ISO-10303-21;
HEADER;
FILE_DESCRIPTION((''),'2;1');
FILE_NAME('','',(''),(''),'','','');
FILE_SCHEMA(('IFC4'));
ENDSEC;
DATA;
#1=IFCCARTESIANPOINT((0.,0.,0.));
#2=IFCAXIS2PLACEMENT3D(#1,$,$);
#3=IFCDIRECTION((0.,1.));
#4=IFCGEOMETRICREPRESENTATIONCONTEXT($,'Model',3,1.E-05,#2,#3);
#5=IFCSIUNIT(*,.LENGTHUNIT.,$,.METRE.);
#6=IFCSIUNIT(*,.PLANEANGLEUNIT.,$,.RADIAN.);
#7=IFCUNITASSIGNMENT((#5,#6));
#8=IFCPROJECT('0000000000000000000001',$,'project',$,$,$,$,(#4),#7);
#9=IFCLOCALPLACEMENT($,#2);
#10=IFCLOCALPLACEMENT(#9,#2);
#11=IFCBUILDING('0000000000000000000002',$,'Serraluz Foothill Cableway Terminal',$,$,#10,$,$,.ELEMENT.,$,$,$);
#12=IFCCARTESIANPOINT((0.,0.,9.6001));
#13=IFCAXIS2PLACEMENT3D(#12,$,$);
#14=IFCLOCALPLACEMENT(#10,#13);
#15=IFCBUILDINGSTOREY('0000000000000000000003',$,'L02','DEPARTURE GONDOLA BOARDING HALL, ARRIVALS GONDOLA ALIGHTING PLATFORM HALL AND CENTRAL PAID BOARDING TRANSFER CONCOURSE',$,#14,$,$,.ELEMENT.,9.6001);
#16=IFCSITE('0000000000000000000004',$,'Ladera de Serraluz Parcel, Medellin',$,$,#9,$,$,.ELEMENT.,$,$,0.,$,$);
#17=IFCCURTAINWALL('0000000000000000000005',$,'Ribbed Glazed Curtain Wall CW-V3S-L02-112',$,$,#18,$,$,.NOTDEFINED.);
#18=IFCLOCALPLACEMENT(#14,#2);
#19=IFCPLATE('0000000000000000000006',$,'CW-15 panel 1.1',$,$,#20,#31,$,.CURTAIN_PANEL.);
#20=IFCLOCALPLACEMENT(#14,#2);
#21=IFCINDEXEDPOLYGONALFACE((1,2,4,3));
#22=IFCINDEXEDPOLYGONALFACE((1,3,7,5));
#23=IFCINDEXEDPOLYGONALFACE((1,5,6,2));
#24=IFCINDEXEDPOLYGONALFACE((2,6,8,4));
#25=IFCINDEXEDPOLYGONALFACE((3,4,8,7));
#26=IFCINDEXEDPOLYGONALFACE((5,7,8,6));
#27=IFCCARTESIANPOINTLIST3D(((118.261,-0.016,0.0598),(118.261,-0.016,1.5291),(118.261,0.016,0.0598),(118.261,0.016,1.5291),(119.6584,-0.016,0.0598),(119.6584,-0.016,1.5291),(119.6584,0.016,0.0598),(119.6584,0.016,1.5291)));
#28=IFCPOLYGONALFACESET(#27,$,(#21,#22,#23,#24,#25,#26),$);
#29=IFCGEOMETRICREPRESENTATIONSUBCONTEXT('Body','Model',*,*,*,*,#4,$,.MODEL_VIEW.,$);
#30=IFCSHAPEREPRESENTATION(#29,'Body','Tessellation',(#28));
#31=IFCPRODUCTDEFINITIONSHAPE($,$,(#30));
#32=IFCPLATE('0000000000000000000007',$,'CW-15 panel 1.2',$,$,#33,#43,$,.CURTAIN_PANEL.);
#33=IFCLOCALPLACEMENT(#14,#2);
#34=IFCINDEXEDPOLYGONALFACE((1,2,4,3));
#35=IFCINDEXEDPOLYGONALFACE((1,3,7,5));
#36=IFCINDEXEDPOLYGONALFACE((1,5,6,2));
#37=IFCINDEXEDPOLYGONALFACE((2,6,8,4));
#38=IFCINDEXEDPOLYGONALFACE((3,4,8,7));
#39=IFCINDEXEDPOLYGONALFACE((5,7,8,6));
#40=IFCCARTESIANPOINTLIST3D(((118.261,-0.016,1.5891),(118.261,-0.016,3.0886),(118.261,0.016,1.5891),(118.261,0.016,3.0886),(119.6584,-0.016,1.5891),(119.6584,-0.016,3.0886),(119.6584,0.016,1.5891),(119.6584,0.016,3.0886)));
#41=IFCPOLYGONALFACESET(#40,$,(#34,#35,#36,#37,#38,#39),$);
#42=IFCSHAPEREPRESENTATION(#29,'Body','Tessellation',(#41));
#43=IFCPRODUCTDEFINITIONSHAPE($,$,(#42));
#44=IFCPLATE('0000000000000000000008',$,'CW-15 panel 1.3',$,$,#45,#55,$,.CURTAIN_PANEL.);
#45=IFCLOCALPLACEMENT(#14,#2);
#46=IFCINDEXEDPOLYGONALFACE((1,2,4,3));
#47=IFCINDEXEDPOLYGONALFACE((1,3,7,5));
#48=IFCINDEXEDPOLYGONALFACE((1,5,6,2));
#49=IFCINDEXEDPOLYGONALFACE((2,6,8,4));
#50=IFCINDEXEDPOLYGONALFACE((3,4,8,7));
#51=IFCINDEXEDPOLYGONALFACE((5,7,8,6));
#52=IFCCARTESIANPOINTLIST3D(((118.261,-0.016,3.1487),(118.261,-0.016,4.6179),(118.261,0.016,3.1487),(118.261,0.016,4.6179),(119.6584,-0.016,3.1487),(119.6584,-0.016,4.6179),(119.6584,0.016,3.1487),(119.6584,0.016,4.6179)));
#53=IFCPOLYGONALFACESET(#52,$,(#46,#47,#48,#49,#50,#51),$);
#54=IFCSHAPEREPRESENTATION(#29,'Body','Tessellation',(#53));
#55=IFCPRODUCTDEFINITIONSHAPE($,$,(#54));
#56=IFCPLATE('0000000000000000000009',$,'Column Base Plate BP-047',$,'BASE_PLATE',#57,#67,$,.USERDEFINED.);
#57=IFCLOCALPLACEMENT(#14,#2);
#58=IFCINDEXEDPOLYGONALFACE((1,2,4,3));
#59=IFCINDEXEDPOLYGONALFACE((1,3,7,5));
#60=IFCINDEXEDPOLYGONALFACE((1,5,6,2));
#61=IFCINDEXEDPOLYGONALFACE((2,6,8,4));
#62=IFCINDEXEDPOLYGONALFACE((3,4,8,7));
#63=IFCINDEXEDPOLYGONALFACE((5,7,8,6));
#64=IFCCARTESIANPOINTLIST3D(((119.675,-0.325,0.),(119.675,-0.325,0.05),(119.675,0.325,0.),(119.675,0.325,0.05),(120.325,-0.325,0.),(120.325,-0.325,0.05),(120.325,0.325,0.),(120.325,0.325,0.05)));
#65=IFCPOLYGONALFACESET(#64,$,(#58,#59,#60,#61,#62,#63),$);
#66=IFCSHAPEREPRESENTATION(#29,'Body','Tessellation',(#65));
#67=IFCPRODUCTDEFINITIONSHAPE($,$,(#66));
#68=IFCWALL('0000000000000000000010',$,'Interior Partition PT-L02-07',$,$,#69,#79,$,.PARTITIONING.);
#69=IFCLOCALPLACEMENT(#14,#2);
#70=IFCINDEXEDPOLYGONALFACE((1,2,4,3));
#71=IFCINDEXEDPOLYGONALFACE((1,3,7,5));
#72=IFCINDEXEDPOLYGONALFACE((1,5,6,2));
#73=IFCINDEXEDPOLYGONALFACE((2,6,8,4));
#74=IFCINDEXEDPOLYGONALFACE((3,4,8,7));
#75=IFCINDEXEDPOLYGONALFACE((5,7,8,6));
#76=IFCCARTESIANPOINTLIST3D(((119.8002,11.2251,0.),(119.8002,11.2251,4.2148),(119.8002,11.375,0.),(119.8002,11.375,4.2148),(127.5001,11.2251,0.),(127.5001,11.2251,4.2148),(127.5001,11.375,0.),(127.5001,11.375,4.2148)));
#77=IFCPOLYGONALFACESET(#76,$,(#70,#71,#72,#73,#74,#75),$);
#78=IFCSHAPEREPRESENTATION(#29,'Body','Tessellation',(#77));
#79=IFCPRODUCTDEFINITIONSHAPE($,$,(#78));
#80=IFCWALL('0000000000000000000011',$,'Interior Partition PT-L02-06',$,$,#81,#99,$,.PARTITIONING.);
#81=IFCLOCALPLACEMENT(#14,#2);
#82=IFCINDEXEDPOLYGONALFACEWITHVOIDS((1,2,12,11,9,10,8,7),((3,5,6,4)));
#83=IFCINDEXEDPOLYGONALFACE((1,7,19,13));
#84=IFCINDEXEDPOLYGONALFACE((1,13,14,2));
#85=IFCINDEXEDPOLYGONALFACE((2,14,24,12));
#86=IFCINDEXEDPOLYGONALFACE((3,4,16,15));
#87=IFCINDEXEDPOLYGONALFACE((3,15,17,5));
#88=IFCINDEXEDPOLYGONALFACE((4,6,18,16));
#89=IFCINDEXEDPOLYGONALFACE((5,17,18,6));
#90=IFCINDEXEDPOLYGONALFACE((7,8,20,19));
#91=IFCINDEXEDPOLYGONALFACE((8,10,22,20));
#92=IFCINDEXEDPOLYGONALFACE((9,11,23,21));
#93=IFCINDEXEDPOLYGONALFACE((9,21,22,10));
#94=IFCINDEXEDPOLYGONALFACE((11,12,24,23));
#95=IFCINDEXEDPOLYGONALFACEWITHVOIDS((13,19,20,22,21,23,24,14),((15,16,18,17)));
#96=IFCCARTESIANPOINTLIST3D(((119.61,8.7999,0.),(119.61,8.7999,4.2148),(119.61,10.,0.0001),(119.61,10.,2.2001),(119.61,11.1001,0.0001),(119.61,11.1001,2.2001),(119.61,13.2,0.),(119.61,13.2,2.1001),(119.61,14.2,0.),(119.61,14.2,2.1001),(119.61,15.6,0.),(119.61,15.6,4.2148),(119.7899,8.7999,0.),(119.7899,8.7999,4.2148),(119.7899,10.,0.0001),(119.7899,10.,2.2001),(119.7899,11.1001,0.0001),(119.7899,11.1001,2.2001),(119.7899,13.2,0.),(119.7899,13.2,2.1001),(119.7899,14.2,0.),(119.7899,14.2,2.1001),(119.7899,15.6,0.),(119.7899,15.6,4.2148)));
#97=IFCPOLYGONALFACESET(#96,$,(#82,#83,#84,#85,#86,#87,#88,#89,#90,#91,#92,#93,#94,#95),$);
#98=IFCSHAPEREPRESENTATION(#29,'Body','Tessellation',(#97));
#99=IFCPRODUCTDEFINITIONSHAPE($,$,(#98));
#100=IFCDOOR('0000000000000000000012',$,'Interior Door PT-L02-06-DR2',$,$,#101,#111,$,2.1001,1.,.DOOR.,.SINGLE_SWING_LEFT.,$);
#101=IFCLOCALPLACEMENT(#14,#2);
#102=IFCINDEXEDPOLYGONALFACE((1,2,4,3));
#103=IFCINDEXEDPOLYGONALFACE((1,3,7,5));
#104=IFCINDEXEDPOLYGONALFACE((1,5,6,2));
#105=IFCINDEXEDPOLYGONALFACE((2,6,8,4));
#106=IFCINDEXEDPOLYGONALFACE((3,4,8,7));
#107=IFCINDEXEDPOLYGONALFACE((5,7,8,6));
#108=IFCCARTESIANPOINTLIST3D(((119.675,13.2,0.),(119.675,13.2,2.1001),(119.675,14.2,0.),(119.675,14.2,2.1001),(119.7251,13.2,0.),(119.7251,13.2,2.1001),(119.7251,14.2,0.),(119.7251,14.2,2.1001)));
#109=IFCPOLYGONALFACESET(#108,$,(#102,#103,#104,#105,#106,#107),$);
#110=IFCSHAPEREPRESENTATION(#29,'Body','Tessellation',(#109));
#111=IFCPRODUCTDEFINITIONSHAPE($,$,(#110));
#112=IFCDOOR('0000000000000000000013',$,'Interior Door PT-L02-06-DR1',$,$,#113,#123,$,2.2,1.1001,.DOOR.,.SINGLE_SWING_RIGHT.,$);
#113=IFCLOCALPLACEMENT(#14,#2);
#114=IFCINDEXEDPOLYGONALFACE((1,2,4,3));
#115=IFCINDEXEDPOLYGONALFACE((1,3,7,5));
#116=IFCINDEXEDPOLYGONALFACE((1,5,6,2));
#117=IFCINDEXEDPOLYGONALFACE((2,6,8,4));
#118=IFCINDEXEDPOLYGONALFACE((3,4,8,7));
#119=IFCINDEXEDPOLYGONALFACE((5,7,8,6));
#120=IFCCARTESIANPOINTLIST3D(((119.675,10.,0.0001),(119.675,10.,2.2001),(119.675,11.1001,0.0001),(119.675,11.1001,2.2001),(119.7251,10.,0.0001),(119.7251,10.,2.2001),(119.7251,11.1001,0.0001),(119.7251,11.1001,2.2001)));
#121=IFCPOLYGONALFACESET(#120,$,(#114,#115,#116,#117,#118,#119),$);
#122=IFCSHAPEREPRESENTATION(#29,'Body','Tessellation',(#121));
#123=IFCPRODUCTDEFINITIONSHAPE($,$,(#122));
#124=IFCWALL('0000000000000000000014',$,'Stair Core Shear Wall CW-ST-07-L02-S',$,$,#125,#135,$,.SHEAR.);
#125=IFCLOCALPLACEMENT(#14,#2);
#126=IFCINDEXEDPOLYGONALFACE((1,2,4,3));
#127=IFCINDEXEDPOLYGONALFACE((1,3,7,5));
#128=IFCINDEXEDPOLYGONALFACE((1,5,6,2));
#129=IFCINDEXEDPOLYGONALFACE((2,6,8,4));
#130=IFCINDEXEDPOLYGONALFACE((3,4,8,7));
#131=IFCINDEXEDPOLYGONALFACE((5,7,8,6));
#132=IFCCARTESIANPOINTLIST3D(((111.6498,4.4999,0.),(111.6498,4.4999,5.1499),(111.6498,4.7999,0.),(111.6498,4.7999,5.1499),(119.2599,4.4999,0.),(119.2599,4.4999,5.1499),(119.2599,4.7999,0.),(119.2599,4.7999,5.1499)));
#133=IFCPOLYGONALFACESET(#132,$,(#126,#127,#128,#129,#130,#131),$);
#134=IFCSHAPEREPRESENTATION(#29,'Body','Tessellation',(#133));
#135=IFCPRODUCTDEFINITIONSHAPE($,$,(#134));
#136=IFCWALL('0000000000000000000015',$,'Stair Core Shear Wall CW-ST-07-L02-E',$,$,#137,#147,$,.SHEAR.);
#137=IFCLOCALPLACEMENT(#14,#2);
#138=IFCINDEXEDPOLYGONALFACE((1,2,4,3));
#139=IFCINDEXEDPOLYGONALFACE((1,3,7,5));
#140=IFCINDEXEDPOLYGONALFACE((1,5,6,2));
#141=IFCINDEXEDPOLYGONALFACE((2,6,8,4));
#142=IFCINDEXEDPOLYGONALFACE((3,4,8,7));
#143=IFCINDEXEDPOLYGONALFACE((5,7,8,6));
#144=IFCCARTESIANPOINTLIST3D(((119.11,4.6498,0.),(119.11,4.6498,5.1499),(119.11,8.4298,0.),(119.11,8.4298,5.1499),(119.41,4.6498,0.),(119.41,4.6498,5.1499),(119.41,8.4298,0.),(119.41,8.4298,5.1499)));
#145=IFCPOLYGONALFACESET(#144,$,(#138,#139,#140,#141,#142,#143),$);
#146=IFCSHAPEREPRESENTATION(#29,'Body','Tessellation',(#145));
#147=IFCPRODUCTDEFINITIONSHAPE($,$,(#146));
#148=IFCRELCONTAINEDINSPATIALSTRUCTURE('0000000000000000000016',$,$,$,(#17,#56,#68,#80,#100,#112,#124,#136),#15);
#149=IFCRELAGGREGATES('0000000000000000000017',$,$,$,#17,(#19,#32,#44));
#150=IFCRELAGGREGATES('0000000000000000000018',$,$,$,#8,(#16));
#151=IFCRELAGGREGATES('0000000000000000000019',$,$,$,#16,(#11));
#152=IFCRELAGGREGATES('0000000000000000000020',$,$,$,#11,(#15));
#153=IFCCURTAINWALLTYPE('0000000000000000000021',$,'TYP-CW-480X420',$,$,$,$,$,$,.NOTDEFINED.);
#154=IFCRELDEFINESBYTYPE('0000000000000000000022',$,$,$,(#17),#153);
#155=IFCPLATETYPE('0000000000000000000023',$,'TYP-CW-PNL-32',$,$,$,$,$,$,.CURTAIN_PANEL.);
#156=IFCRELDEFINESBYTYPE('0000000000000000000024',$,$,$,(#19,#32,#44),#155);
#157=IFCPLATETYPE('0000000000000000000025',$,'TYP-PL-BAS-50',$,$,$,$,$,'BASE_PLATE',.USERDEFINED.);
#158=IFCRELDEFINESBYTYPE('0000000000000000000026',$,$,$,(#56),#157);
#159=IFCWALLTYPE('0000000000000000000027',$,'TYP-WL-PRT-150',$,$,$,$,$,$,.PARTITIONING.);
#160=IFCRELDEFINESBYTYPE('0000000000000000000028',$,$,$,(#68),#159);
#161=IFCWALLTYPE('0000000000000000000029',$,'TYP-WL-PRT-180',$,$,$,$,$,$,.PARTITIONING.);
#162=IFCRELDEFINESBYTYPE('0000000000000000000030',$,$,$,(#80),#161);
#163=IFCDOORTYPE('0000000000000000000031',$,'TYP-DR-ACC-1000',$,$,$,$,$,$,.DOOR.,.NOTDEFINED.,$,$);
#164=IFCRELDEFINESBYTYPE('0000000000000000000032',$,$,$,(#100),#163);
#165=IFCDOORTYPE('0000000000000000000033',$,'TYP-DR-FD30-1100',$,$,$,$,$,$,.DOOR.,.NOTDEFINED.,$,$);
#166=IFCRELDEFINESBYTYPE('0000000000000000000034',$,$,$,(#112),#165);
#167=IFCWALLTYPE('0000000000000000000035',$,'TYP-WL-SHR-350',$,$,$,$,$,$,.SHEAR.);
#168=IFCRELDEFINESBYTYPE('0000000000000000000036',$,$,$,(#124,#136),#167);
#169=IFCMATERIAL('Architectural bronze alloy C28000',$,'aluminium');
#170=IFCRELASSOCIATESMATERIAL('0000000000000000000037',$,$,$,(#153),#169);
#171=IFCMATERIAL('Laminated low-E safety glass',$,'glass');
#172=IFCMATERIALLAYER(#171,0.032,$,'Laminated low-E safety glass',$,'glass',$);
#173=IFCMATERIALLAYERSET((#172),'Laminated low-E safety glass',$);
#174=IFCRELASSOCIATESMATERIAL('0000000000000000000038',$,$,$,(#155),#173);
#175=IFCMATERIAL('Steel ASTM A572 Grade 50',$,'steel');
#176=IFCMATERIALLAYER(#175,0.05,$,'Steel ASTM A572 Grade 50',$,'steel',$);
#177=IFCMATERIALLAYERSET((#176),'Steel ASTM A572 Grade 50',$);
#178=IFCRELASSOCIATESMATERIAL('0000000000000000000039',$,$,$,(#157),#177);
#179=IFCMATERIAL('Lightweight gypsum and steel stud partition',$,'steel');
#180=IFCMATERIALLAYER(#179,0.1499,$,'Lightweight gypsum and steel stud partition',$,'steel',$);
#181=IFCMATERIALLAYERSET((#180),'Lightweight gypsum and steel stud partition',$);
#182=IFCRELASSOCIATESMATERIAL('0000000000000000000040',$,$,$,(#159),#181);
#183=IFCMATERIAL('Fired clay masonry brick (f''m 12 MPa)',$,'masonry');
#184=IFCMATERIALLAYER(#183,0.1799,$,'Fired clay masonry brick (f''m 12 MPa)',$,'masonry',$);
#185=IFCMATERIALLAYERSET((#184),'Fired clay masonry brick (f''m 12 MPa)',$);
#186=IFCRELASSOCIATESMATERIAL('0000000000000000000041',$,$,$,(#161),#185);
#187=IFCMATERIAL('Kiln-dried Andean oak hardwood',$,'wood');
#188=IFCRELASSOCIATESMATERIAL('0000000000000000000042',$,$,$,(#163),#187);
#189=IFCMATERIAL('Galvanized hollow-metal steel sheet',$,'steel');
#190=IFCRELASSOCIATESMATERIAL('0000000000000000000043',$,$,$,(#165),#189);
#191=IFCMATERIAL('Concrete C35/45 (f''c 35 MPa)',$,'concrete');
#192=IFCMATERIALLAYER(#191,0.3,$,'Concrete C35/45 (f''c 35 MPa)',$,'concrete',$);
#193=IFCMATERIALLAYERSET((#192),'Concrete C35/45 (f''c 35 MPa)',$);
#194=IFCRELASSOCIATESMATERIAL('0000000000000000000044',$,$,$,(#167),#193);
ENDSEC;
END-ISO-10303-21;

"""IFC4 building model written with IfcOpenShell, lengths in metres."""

from ifc_helpers import new_model, si_unit, direction, frame, frame_2d, origin, origin_2d, place, context, subcontext, project, spatial, rectangle, extrude, material, layer, layer_set, type_object, element, fill, aggregate, save


model = new_model("IFC4")

# Units and contexts
model_context = context("Model", 3, precision=1e-05, world=origin(), true_north=direction((0.0, 1.0)))
body_context = subcontext(model_context, "Body", "Model", "MODEL_VIEW")
ifc_project = project(units=[si_unit("LENGTHUNIT", "METRE"), si_unit("PLANEANGLEUNIT", "RADIAN")], contexts=[model_context])

# Site, building, storey
site_placement = place(None, origin())
site = spatial("IfcSite", under=ifc_project, at=site_placement, Name="Ladera de Serraluz Parcel, Medellin", CompositionType="ELEMENT", RefElevation=0.0)
building_placement = place(site_placement, origin())
building = spatial("IfcBuilding", under=site, at=building_placement, Name="Serraluz Foothill Cableway Terminal", CompositionType="ELEMENT")
storey_placement = place(building_placement, frame((0.0, 0.0, 9.6001)))
storey = spatial("IfcBuildingStorey", under=building, at=storey_placement, Name="L02", Description="DEPARTURE GONDOLA BOARDING HALL, ARRIVALS GONDOLA ALIGHTING PLATFORM HALL AND CENTRAL PAID BOARDING TRANSFER CONCOURSE", CompositionType="ELEMENT", Elevation=9.6001)

# Curtain wall, plates
ifc_material_1 = material(Name="Architectural bronze alloy C28000", Category="aluminium")
curtain_wall_type = type_object("IfcCurtainWallType", Name="TYP-CW-480X420", PredefinedType="NOTDEFINED", material=ifc_material_1)
curtain_wall_placement = place(storey_placement, origin())
curtain_wall = element("IfcCurtainWall", 1, at=curtain_wall_placement, inside=storey, type_object=curtain_wall_type, Name="Ribbed Glazed Curtain Wall CW-V3S-L02-112", PredefinedType="NOTDEFINED")
ifc_material_2 = material(Name="Laminated low-E safety glass", Category="glass")
ifc_layer_1 = layer(ifc_material_2, 0.032, Name="Laminated low-E safety glass", Category="glass")
ifc_layer_set_1 = layer_set([ifc_layer_1], Name="Laminated low-E safety glass")
plate_type_1 = type_object("IfcPlateType", Name="TYP-CW-PNL-32", PredefinedType="CURTAIN_PANEL", material=ifc_layer_set_1)
plate_1_placement = place(storey_placement, frame((118.9597, 0.0, 0.0598), z_axis=(0.0, 0.0, 1.0), x_axis=(-1.0, 0.0, 0.0)))
plate_1 = element("IfcPlate", 2, at=plate_1_placement, type_object=plate_type_1, Name="CW-15 panel 1.1", PredefinedType="CURTAIN_PANEL", context=body_context, shape_type="SweptSolid", body=[
    extrude(rectangle(XDim=1.3975, YDim=0.032, at=origin_2d()), origin(), (0.0, 0.0, 1.0), 1.4692),
])
plate_2_placement = place(storey_placement, frame((118.9597, 0.0, 1.5891), z_axis=(0.0, 0.0, 1.0), x_axis=(-1.0, 0.0, 0.0)))
plate_2 = element("IfcPlate", 3, at=plate_2_placement, type_object=plate_type_1, Name="CW-15 panel 1.2", PredefinedType="CURTAIN_PANEL", context=body_context, shape_type="SweptSolid", body=[
    extrude(rectangle(XDim=1.3975, YDim=0.032, at=origin_2d()), origin(), (0.0, 0.0, 1.0), 1.4995),
])
plate_3_placement = place(storey_placement, frame((118.9597, 0.0, 3.1487), z_axis=(0.0, 0.0, 1.0), x_axis=(-1.0, 0.0, 0.0)))
plate_3 = element("IfcPlate", 4, at=plate_3_placement, type_object=plate_type_1, Name="CW-15 panel 1.3", PredefinedType="CURTAIN_PANEL", context=body_context, shape_type="SweptSolid", body=[
    extrude(rectangle(XDim=1.3975, YDim=0.032, at=origin_2d()), origin(), (0.0, 0.0, 1.0), 1.4692),
])
aggregate(curtain_wall, [plate_1, plate_2, plate_3])

# Plate
ifc_material_3 = material(Name="Steel ASTM A572 Grade 50", Category="steel")
ifc_layer_2 = layer(ifc_material_3, 0.05, Name="Steel ASTM A572 Grade 50", Category="steel")
ifc_layer_set_2 = layer_set([ifc_layer_2], Name="Steel ASTM A572 Grade 50")
plate_type_2 = type_object("IfcPlateType", Name="TYP-PL-BAS-50", ElementType="BASE_PLATE", PredefinedType="USERDEFINED", material=ifc_layer_set_2)
plate_4_placement = place(storey_placement, frame((120.0, 0.0, 0.0), z_axis=(0.0, 0.0, 1.0), x_axis=(1.0, 0.0, 0.0)))
element("IfcPlate", 5, at=plate_4_placement, inside=storey, type_object=plate_type_2, Name="Column Base Plate BP-047", ObjectType="BASE_PLATE", PredefinedType="USERDEFINED", context=body_context, shape_type="SweptSolid", body=[
    extrude(rectangle(XDim=0.6499, YDim=0.6499, at=origin_2d()), origin(), (0.0, 0.0, 1.0), 0.05),
])

# Wall
ifc_material_4 = material(Name="Lightweight gypsum and steel stud partition", Category="steel")
ifc_layer_3 = layer(ifc_material_4, 0.1499, Name="Lightweight gypsum and steel stud partition", Category="steel")
ifc_layer_set_3 = layer_set([ifc_layer_3], Name="Lightweight gypsum and steel stud partition")
wall_type_1 = type_object("IfcWallType", Name="TYP-WL-PRT-150", PredefinedType="PARTITIONING", material=ifc_layer_set_3)
wall_1_placement = place(storey_placement, frame((119.8, 11.3, 0.0), z_axis=(0.0, 0.0, 1.0), x_axis=(1.0, 0.0, 0.0)))
element("IfcWall", 6, at=wall_1_placement, inside=storey, type_object=wall_type_1, Name="Interior Partition PT-L02-07", PredefinedType="PARTITIONING", context=body_context, shape_type="SweptSolid", body=[
    extrude(rectangle(XDim=7.7, YDim=0.1499, at=frame_2d((3.8501, 0.0))), origin(), (0.0, 0.0, 1.0), 4.2148),
])

# Wall, openings, doors
ifc_material_5 = material(Name="Fired clay masonry brick (f'm 12 MPa)", Category="masonry")
ifc_layer_4 = layer(ifc_material_5, 0.1799, Name="Fired clay masonry brick (f'm 12 MPa)", Category="masonry")
ifc_layer_set_4 = layer_set([ifc_layer_4], Name="Fired clay masonry brick (f'm 12 MPa)")
wall_type_2 = type_object("IfcWallType", Name="TYP-WL-PRT-180", PredefinedType="PARTITIONING", material=ifc_layer_set_4)
wall_2_placement = place(storey_placement, frame((119.7, 8.8, 0.0), z_axis=(0.0, 0.0, 1.0), x_axis=(0.0, 1.0, 0.0)))
wall_2 = element("IfcWall", 7, at=wall_2_placement, inside=storey, type_object=wall_type_2, Name="Interior Partition PT-L02-06", PredefinedType="PARTITIONING", context=body_context, shape_type="SweptSolid", body=[
    extrude(rectangle(XDim=6.8, YDim=0.1799, at=frame_2d((3.3999, 0.0))), origin(), (0.0, 0.0, 1.0), 4.2148),
])
opening_1_placement = place(wall_2_placement, frame((1.2, 0.0, 0.0)))
opening_1 = element("IfcOpeningElement", 8, at=opening_1_placement, cuts=wall_2, PredefinedType="OPENING", context=body_context, shape_type="SweptSolid", body=[
    extrude(rectangle(XDim=1.1001, YDim=2.2, at=frame_2d((0.55, 1.1001))), frame((0.0, 0.1001, 0.0), z_axis=(0.0, -1.0, 0.0), x_axis=(1.0, 0.0, 0.0)), (0.0, 0.0, 1.0), 0.2),
])
opening_2_placement = place(wall_2_placement, frame((4.3999, 0.0, 0.0)))
opening_2 = element("IfcOpeningElement", 9, at=opening_2_placement, cuts=wall_2, PredefinedType="OPENING", context=body_context, shape_type="SweptSolid", body=[
    extrude(rectangle(XDim=1.0, YDim=2.1001, at=frame_2d((0.5, 1.05))), frame((0.0, 0.1001, 0.0), z_axis=(0.0, -1.0, 0.0), x_axis=(1.0, 0.0, 0.0)), (0.0, 0.0, 1.0), 0.2),
])
ifc_material_6 = material(Name="Kiln-dried Andean oak hardwood", Category="wood")
door_type_1 = type_object("IfcDoorType", Name="TYP-DR-ACC-1000", OperationType="NOTDEFINED", PredefinedType="DOOR", material=ifc_material_6)
door_1_placement = place(opening_2_placement, origin())
door_1 = element("IfcDoor", 10, at=door_1_placement, inside=storey, type_object=door_type_1, Name="Interior Door PT-L02-06-DR2", OperationType="SINGLE_SWING_LEFT", OverallHeight=2.1001, OverallWidth=1.0, PredefinedType="DOOR", context=body_context, shape_type="SweptSolid", body=[
    extrude(rectangle(XDim=1.0, YDim=2.1001, at=frame_2d((0.5, 1.05))), frame((0.0, 0.0249, 0.0), z_axis=(0.0, -1.0, 0.0), x_axis=(1.0, 0.0, 0.0)), (0.0, 0.0, 1.0), 0.05),
])
fill(opening_2, door_1)
ifc_material_7 = material(Name="Galvanized hollow-metal steel sheet", Category="steel")
door_type_2 = type_object("IfcDoorType", Name="TYP-DR-FD30-1100", OperationType="NOTDEFINED", PredefinedType="DOOR", material=ifc_material_7)
door_2_placement = place(opening_1_placement, origin())
door_2 = element("IfcDoor", 11, at=door_2_placement, inside=storey, type_object=door_type_2, Name="Interior Door PT-L02-06-DR1", OperationType="SINGLE_SWING_RIGHT", OverallHeight=2.2, OverallWidth=1.1001, PredefinedType="DOOR", context=body_context, shape_type="SweptSolid", body=[
    extrude(rectangle(XDim=1.1001, YDim=2.2, at=frame_2d((0.55, 1.1001))), frame((0.0, 0.0249, 0.0), z_axis=(0.0, -1.0, 0.0), x_axis=(1.0, 0.0, 0.0)), (0.0, 0.0, 1.0), 0.05),
])
fill(opening_1, door_2)

# Walls
ifc_material_8 = material(Name="Concrete C35/45 (f'c 35 MPa)", Category="concrete")
ifc_layer_5 = layer(ifc_material_8, 0.3, Name="Concrete C35/45 (f'c 35 MPa)", Category="concrete")
ifc_layer_set_5 = layer_set([ifc_layer_5], Name="Concrete C35/45 (f'c 35 MPa)")
wall_type_3 = type_object("IfcWallType", Name="TYP-WL-SHR-350", PredefinedType="SHEAR", material=ifc_layer_set_5)
wall_3_placement = place(storey_placement, frame((119.26, 4.6499, 0.0), z_axis=(0.0, 0.0, 1.0), x_axis=(-1.0, 0.0, 0.0)))
element("IfcWall", 12, at=wall_3_placement, inside=storey, type_object=wall_type_3, Name="Stair Core Shear Wall CW-ST-07-L02-S", PredefinedType="SHEAR", context=body_context, shape_type="SweptSolid", body=[
    extrude(rectangle(XDim=7.6101, YDim=0.3, at=frame_2d((3.8052, 0.0))), origin(), (0.0, 0.0, 1.0), 5.1499),
])
wall_4_placement = place(storey_placement, frame((119.26, 8.4299, 0.0), z_axis=(0.0, 0.0, 1.0), x_axis=(0.0, -1.0, 0.0)))
element("IfcWall", 13, at=wall_4_placement, inside=storey, type_object=wall_type_3, Name="Stair Core Shear Wall CW-ST-07-L02-E", PredefinedType="SHEAR", context=body_context, shape_type="SweptSolid", body=[
    extrude(rectangle(XDim=3.78, YDim=0.3, at=frame_2d((1.8901, 0.0))), origin(), (0.0, 0.0, 1.0), 5.1499),
])

save(model, "model.ifc")
